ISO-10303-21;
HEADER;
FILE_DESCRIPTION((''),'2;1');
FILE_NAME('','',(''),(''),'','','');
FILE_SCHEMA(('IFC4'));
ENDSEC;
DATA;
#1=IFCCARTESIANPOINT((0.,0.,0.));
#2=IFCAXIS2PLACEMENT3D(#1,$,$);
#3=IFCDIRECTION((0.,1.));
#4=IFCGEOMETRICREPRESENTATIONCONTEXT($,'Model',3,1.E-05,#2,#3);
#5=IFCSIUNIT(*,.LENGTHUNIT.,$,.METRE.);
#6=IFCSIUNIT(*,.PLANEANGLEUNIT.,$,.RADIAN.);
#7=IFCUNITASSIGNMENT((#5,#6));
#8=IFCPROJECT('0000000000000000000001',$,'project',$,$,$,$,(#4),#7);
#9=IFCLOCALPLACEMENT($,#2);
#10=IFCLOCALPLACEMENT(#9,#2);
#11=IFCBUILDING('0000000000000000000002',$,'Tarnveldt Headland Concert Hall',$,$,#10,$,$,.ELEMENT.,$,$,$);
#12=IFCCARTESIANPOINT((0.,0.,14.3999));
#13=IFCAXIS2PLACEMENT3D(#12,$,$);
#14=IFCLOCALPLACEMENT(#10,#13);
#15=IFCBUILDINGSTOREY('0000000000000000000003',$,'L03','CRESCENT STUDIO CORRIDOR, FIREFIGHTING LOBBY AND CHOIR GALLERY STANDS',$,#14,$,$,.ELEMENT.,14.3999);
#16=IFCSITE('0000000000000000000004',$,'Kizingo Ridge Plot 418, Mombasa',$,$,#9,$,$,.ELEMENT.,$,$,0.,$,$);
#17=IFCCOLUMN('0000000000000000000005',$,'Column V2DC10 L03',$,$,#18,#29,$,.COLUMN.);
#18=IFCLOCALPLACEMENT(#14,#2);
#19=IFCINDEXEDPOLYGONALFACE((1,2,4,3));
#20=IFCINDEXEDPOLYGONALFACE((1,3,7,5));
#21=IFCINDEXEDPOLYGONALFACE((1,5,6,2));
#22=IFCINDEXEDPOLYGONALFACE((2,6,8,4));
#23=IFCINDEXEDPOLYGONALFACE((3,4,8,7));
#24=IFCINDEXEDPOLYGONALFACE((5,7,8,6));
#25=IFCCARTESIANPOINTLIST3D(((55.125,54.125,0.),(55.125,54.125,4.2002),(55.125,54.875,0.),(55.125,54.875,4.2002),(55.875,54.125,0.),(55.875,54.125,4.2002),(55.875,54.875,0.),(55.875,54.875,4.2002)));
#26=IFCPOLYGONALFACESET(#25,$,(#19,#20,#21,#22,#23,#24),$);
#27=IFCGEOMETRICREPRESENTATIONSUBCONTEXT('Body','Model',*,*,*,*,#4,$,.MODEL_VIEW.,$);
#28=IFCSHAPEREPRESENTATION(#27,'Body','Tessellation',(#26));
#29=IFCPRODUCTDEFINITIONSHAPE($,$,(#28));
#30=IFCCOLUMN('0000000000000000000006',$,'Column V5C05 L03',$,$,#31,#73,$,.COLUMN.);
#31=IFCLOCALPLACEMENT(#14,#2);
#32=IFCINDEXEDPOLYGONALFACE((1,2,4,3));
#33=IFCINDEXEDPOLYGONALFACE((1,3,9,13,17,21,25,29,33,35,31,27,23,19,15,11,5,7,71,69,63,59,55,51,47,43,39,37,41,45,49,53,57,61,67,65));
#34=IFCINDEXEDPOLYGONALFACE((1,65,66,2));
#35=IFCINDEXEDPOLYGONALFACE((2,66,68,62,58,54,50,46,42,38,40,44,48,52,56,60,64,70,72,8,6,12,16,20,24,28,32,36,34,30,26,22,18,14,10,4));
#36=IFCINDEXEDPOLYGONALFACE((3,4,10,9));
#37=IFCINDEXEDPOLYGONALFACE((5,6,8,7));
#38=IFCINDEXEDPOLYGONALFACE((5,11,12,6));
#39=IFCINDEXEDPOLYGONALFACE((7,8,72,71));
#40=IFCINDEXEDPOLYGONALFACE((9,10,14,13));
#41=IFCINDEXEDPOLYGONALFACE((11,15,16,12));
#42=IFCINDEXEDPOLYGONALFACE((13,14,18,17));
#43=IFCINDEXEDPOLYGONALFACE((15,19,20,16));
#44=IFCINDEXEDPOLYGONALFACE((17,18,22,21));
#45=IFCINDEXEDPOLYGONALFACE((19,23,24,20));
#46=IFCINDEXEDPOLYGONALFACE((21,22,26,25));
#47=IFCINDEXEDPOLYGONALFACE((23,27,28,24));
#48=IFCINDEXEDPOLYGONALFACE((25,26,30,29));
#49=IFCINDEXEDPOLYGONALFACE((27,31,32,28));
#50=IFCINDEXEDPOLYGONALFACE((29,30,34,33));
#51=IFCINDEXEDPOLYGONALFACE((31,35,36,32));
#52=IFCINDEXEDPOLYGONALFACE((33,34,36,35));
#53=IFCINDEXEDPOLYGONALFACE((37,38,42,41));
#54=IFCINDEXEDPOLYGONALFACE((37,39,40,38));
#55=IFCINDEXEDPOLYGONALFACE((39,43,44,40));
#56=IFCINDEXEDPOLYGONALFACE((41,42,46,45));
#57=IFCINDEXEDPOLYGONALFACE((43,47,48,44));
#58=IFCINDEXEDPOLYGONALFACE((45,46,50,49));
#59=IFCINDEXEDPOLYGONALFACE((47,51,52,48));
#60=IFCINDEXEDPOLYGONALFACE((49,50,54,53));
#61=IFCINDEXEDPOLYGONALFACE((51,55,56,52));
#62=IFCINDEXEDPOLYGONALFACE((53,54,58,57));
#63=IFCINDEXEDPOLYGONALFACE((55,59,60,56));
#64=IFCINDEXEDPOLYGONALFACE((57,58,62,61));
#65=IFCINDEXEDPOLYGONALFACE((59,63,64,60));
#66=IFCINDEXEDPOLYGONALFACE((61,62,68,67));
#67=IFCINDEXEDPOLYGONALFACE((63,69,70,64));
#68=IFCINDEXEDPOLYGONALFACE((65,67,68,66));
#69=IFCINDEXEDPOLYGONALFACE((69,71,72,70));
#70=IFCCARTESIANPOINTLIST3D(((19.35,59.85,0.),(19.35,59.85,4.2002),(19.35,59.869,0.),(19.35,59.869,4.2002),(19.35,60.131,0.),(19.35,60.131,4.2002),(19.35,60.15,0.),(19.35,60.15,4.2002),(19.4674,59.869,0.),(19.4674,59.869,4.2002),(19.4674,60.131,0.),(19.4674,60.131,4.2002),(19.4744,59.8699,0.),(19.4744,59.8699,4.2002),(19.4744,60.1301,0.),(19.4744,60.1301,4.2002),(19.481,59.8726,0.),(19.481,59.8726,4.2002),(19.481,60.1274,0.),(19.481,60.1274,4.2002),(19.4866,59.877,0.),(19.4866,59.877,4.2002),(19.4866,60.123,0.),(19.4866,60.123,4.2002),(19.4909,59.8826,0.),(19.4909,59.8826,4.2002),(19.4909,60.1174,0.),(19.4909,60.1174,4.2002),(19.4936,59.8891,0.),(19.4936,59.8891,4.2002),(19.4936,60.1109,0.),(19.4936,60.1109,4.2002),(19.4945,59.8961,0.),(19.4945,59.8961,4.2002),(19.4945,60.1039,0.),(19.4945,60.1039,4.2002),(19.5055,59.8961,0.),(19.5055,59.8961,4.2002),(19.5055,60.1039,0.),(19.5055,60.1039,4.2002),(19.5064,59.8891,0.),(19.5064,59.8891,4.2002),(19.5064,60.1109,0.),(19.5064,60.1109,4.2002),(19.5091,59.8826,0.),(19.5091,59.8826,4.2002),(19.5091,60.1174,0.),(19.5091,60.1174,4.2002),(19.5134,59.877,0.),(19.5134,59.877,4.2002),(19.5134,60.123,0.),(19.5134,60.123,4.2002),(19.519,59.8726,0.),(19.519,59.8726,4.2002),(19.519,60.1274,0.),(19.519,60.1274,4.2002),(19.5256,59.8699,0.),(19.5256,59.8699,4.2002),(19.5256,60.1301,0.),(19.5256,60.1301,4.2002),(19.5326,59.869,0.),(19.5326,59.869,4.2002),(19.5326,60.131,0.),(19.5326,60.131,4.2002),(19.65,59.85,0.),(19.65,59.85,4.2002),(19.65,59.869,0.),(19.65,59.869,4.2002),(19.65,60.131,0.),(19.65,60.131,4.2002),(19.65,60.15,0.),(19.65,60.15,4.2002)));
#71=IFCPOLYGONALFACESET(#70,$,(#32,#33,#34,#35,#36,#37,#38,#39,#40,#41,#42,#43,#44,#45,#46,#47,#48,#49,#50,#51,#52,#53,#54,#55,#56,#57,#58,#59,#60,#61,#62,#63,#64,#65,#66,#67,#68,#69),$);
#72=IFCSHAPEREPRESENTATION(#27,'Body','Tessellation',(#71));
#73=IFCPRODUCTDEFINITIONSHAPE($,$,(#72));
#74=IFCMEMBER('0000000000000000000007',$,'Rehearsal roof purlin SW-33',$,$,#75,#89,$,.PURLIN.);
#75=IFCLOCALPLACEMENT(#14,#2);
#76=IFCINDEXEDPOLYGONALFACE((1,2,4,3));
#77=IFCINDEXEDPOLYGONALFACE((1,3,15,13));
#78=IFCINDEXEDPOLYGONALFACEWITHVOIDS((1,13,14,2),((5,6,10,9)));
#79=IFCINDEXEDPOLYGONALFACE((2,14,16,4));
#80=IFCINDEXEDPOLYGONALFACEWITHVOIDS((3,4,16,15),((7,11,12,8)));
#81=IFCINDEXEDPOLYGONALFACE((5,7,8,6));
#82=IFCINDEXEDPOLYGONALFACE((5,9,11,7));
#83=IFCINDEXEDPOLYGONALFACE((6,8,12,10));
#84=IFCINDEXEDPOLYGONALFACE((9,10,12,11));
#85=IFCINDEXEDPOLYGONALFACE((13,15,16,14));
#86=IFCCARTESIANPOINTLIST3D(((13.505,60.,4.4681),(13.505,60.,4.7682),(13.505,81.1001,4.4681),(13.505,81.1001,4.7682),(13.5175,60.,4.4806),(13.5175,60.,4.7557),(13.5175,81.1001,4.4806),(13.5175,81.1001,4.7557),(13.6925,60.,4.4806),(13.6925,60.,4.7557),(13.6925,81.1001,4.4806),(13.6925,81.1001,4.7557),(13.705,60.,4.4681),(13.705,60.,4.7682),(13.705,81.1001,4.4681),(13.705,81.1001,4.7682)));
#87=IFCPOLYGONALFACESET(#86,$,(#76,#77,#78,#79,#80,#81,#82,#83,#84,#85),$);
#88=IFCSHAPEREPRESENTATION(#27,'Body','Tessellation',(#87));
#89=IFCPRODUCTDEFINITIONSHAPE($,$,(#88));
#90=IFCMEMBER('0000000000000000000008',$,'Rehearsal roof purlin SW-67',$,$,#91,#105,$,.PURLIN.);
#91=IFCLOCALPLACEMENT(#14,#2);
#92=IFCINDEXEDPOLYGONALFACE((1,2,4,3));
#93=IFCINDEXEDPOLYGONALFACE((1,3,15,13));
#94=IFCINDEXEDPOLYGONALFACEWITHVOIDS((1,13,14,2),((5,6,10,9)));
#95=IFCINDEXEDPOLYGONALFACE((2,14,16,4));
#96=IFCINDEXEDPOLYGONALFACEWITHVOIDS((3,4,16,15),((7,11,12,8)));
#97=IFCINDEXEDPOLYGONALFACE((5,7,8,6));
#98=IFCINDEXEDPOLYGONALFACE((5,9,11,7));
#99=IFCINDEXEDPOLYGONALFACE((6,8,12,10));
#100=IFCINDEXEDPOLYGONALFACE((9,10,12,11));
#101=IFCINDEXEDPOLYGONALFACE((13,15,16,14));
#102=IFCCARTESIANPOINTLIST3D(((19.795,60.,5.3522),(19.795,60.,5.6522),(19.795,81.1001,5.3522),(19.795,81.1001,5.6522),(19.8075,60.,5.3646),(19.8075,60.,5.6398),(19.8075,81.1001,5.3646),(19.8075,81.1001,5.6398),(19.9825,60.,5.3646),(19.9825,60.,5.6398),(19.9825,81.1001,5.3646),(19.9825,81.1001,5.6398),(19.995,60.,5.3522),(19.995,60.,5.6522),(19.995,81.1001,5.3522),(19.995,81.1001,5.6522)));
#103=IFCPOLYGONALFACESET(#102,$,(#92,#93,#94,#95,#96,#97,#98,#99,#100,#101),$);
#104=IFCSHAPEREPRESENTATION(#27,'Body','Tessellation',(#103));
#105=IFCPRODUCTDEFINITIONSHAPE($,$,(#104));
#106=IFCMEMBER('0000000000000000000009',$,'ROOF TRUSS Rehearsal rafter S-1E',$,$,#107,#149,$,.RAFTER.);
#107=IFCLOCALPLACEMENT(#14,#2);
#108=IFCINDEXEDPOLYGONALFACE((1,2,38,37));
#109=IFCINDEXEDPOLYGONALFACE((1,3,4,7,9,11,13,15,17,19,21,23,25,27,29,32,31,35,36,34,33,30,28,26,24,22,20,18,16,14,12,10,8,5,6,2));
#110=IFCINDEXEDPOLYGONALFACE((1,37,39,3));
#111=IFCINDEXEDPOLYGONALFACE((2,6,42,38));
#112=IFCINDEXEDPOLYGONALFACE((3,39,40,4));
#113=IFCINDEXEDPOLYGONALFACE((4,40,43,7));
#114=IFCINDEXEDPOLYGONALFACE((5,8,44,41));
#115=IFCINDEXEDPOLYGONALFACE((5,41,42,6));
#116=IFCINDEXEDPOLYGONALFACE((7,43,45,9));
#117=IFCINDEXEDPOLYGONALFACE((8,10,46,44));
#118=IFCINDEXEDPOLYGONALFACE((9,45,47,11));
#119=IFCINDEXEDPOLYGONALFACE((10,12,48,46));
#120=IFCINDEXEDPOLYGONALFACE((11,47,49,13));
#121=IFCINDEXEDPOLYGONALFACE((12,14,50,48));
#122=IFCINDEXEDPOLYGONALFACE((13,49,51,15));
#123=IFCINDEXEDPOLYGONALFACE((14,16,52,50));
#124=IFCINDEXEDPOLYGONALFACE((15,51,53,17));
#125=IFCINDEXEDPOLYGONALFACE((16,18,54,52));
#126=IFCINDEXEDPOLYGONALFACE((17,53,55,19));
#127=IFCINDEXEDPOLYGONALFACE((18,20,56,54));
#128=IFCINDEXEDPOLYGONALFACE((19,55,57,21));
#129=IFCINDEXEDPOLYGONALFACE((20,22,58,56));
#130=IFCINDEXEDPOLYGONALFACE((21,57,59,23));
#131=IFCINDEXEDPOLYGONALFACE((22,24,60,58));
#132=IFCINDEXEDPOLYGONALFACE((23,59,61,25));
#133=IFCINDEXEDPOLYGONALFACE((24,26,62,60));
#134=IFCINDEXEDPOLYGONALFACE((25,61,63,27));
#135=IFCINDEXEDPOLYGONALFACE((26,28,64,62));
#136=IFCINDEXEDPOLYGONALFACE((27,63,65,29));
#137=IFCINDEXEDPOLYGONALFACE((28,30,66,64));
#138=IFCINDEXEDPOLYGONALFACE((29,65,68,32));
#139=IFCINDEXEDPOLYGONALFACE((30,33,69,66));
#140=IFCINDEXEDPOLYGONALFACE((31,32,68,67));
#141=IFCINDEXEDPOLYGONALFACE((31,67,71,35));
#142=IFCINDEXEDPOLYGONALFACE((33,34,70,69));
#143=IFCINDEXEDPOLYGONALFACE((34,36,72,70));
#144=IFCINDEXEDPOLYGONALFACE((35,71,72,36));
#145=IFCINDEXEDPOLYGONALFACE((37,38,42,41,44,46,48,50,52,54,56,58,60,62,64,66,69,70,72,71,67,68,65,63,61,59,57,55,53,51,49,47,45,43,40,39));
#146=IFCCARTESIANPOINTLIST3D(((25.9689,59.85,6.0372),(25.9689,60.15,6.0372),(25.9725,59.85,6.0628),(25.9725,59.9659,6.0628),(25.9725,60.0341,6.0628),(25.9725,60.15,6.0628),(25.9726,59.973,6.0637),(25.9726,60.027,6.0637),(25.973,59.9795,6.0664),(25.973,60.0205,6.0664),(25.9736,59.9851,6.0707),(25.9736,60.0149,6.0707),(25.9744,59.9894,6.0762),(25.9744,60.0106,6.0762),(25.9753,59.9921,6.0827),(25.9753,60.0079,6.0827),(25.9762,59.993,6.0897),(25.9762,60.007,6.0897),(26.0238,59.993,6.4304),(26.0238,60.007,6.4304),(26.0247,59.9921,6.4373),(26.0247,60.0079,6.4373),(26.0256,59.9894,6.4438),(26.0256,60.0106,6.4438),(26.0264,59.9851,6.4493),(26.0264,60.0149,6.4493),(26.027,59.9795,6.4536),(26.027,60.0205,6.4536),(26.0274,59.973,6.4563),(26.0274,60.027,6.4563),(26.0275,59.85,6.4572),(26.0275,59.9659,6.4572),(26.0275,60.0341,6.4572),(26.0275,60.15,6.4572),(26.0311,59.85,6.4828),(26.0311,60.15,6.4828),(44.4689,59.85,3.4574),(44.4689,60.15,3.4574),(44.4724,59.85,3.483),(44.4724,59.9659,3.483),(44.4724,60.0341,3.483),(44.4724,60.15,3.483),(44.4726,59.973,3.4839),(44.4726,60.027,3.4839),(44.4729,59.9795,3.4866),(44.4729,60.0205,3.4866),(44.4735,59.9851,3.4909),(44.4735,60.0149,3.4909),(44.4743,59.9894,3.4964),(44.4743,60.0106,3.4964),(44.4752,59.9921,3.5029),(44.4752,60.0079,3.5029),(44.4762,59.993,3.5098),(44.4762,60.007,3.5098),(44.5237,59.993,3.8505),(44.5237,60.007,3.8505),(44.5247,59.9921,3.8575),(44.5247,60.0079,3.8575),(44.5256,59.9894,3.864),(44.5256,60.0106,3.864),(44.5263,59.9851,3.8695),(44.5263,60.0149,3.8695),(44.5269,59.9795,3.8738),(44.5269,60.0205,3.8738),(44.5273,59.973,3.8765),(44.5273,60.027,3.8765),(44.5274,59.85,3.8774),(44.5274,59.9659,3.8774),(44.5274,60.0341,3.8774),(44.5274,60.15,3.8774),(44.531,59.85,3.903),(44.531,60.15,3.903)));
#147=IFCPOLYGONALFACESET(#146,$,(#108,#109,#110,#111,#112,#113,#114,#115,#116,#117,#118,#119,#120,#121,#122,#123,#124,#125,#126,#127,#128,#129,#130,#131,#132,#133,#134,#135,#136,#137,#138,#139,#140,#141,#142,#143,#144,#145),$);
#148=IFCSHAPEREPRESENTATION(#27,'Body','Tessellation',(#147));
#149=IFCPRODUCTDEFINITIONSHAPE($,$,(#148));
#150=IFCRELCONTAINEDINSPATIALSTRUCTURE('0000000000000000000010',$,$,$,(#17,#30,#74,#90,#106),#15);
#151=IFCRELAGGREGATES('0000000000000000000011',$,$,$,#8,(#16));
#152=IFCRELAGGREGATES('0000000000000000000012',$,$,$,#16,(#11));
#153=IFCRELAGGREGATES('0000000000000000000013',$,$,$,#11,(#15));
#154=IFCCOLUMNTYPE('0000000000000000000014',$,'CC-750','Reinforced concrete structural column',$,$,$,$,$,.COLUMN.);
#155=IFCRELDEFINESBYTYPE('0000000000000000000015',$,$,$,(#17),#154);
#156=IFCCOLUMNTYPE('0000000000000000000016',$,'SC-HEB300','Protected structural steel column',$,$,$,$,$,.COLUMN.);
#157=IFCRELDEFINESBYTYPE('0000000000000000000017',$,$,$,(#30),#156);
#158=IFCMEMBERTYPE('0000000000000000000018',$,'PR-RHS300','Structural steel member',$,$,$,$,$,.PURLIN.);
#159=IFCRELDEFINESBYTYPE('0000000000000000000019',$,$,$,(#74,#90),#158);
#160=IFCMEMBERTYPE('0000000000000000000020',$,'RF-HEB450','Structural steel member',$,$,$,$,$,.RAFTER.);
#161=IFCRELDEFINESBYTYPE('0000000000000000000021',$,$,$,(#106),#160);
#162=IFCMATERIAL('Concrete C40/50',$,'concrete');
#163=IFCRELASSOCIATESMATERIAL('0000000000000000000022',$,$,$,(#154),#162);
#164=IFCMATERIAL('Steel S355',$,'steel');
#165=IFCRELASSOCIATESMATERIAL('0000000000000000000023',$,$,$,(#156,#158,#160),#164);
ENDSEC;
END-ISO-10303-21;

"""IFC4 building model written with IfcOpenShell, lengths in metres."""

from ifc_helpers import new_model, si_unit, direction, frame, origin, origin_2d, place, context, subcontext, project, spatial, rectangle, hollow_rectangle, i_section, extrude, material, material_profile, profile_set, type_object, element, save


model = new_model("IFC4")

# Units and contexts
model_context = context("Model", 3, precision=1e-05, world=origin(), true_north=direction((0.0, 1.0)))
body_context = subcontext(model_context, "Body", "Model", "MODEL_VIEW")
ifc_project = project(units=[si_unit("LENGTHUNIT", "METRE"), si_unit("PLANEANGLEUNIT", "RADIAN")], contexts=[model_context])

# Site, building, storey
site_placement = place(None, origin())
site = spatial("IfcSite", under=ifc_project, at=site_placement, Name="Kizingo Ridge Plot 418, Mombasa", CompositionType="ELEMENT", RefElevation=0.0)
building_placement = place(site_placement, origin())
building = spatial("IfcBuilding", under=site, at=building_placement, Name="Tarnveldt Headland Concert Hall", CompositionType="ELEMENT")
storey_placement = place(building_placement, frame((0.0, 0.0, 14.3999)))
storey = spatial("IfcBuildingStorey", under=building, at=storey_placement, Name="L03", Description="CRESCENT STUDIO CORRIDOR, FIREFIGHTING LOBBY AND CHOIR GALLERY STANDS", CompositionType="ELEMENT", Elevation=14.3999)

# Columns
ifc_material_1 = material(Name="Concrete C40/50", Category="concrete")
ifc_material_profile_1 = material_profile(ifc_material_1, rectangle(XDim=0.75, YDim=0.75, at=origin_2d()), Name="RC 750x750", Category="concrete")
ifc_profile_set_1 = profile_set([ifc_material_profile_1], Name="Concrete C40/50")
column_type_1 = type_object("IfcColumnType", Name="CC-750", Description="Reinforced concrete structural column", PredefinedType="COLUMN", material=ifc_profile_set_1)
column_1_placement = place(storey_placement, frame((55.5, 54.5, 0.0), z_axis=(0.0, 0.0, 1.0), x_axis=(-1.0, 0.0, 0.0)))
element("IfcColumn", 1, at=column_1_placement, inside=storey, type_object=column_type_1, Name="Column V2DC10 L03", PredefinedType="COLUMN", context=body_context, shape_type="SweptSolid", body=[
    extrude(rectangle(XDim=0.75, YDim=0.75, at=origin_2d()), origin(), (0.0, 0.0, 1.0), 4.2002),
])
ifc_material_2 = material(Name="Steel S355", Category="steel")
ifc_material_profile_2 = material_profile(ifc_material_2, i_section(OverallWidth=0.3, OverallDepth=0.3, WebThickness=0.011, FlangeThickness=0.019, FilletRadius=0.0271, at=origin_2d()), Name="HEB300", Category="steel")
ifc_profile_set_2 = profile_set([ifc_material_profile_2], Name="Steel S355")
column_type_2 = type_object("IfcColumnType", Name="SC-HEB300", Description="Protected structural steel column", PredefinedType="COLUMN", material=ifc_profile_set_2)
column_2_placement = place(storey_placement, frame((19.5, 60.0, 0.0), z_axis=(0.0, 0.0, 1.0), x_axis=(1.0, 0.0, 0.0)))
element("IfcColumn", 2, at=column_2_placement, inside=storey, type_object=column_type_2, Name="Column V5C05 L03", PredefinedType="COLUMN", context=body_context, shape_type="SweptSolid", body=[
    extrude(i_section(OverallWidth=0.3, OverallDepth=0.3, WebThickness=0.011, FlangeThickness=0.019, FilletRadius=0.0271, at=origin_2d()), origin(), (0.0, 0.0, 1.0), 4.2002),
])

# Members
ifc_material_profile_3 = material_profile(ifc_material_2, hollow_rectangle(XDim=0.2, YDim=0.3, WallThickness=0.0125, at=origin_2d()), Name="RHS 300x200x12.5", Category="steel")
ifc_profile_set_3 = profile_set([ifc_material_profile_3], Name="Steel S355")
member_type_1 = type_object("IfcMemberType", Name="PR-RHS300", Description="Structural steel member", PredefinedType="PURLIN", material=ifc_profile_set_3)
for number, where, z_axis, x_axis, name in (
    (3, (13.605, 60.0, 4.6182), (0.0, 1.0, 0.0), (-1.0, 0.0, 0.0), "Rehearsal roof purlin SW-33"),
    (4, (19.895, 60.0, 5.5022), (0.0, 1.0, 0.0), (-1.0, 0.0, 0.0), "Rehearsal roof purlin SW-67"),
):
    element("IfcMember", number, at=place(storey_placement, frame(where, z_axis=z_axis, x_axis=x_axis)), inside=storey, type_object=member_type_1, Name=name, PredefinedType="PURLIN", context=body_context, shape_type="SweptSolid", body=[
        extrude(hollow_rectangle(XDim=0.2, YDim=0.3, WallThickness=0.0125, at=origin_2d()), origin(), (0.0, 0.0, 1.0), 21.1001),
    ])
ifc_material_profile_4 = material_profile(ifc_material_2, i_section(OverallWidth=0.3, OverallDepth=0.45, WebThickness=0.0139, FlangeThickness=0.0259, FilletRadius=0.0271, at=origin_2d()), Name="HEB450", Category="steel")
ifc_profile_set_4 = profile_set([ifc_material_profile_4], Name="Steel S355")
member_type_2 = type_object("IfcMemberType", Name="RF-HEB450", Description="Structural steel member", PredefinedType="RAFTER", material=ifc_profile_set_4)
member_placement = place(storey_placement, frame((26.0, 60.0, 6.26), z_axis=(0.990416, 0.0, -0.138114), x_axis=(0.0, 1.0, 0.0)))
element("IfcMember", 5, at=member_placement, inside=storey, type_object=member_type_2, Name="ROOF TRUSS Rehearsal rafter S-1E", PredefinedType="RAFTER", context=body_context, shape_type="SweptSolid", body=[
    extrude(i_section(OverallWidth=0.3, OverallDepth=0.45, WebThickness=0.0139, FlangeThickness=0.0259, FilletRadius=0.0271, at=origin_2d()), origin(), (0.0, 0.0, 1.0), 18.679),
])

save(model, "model.ifc")
